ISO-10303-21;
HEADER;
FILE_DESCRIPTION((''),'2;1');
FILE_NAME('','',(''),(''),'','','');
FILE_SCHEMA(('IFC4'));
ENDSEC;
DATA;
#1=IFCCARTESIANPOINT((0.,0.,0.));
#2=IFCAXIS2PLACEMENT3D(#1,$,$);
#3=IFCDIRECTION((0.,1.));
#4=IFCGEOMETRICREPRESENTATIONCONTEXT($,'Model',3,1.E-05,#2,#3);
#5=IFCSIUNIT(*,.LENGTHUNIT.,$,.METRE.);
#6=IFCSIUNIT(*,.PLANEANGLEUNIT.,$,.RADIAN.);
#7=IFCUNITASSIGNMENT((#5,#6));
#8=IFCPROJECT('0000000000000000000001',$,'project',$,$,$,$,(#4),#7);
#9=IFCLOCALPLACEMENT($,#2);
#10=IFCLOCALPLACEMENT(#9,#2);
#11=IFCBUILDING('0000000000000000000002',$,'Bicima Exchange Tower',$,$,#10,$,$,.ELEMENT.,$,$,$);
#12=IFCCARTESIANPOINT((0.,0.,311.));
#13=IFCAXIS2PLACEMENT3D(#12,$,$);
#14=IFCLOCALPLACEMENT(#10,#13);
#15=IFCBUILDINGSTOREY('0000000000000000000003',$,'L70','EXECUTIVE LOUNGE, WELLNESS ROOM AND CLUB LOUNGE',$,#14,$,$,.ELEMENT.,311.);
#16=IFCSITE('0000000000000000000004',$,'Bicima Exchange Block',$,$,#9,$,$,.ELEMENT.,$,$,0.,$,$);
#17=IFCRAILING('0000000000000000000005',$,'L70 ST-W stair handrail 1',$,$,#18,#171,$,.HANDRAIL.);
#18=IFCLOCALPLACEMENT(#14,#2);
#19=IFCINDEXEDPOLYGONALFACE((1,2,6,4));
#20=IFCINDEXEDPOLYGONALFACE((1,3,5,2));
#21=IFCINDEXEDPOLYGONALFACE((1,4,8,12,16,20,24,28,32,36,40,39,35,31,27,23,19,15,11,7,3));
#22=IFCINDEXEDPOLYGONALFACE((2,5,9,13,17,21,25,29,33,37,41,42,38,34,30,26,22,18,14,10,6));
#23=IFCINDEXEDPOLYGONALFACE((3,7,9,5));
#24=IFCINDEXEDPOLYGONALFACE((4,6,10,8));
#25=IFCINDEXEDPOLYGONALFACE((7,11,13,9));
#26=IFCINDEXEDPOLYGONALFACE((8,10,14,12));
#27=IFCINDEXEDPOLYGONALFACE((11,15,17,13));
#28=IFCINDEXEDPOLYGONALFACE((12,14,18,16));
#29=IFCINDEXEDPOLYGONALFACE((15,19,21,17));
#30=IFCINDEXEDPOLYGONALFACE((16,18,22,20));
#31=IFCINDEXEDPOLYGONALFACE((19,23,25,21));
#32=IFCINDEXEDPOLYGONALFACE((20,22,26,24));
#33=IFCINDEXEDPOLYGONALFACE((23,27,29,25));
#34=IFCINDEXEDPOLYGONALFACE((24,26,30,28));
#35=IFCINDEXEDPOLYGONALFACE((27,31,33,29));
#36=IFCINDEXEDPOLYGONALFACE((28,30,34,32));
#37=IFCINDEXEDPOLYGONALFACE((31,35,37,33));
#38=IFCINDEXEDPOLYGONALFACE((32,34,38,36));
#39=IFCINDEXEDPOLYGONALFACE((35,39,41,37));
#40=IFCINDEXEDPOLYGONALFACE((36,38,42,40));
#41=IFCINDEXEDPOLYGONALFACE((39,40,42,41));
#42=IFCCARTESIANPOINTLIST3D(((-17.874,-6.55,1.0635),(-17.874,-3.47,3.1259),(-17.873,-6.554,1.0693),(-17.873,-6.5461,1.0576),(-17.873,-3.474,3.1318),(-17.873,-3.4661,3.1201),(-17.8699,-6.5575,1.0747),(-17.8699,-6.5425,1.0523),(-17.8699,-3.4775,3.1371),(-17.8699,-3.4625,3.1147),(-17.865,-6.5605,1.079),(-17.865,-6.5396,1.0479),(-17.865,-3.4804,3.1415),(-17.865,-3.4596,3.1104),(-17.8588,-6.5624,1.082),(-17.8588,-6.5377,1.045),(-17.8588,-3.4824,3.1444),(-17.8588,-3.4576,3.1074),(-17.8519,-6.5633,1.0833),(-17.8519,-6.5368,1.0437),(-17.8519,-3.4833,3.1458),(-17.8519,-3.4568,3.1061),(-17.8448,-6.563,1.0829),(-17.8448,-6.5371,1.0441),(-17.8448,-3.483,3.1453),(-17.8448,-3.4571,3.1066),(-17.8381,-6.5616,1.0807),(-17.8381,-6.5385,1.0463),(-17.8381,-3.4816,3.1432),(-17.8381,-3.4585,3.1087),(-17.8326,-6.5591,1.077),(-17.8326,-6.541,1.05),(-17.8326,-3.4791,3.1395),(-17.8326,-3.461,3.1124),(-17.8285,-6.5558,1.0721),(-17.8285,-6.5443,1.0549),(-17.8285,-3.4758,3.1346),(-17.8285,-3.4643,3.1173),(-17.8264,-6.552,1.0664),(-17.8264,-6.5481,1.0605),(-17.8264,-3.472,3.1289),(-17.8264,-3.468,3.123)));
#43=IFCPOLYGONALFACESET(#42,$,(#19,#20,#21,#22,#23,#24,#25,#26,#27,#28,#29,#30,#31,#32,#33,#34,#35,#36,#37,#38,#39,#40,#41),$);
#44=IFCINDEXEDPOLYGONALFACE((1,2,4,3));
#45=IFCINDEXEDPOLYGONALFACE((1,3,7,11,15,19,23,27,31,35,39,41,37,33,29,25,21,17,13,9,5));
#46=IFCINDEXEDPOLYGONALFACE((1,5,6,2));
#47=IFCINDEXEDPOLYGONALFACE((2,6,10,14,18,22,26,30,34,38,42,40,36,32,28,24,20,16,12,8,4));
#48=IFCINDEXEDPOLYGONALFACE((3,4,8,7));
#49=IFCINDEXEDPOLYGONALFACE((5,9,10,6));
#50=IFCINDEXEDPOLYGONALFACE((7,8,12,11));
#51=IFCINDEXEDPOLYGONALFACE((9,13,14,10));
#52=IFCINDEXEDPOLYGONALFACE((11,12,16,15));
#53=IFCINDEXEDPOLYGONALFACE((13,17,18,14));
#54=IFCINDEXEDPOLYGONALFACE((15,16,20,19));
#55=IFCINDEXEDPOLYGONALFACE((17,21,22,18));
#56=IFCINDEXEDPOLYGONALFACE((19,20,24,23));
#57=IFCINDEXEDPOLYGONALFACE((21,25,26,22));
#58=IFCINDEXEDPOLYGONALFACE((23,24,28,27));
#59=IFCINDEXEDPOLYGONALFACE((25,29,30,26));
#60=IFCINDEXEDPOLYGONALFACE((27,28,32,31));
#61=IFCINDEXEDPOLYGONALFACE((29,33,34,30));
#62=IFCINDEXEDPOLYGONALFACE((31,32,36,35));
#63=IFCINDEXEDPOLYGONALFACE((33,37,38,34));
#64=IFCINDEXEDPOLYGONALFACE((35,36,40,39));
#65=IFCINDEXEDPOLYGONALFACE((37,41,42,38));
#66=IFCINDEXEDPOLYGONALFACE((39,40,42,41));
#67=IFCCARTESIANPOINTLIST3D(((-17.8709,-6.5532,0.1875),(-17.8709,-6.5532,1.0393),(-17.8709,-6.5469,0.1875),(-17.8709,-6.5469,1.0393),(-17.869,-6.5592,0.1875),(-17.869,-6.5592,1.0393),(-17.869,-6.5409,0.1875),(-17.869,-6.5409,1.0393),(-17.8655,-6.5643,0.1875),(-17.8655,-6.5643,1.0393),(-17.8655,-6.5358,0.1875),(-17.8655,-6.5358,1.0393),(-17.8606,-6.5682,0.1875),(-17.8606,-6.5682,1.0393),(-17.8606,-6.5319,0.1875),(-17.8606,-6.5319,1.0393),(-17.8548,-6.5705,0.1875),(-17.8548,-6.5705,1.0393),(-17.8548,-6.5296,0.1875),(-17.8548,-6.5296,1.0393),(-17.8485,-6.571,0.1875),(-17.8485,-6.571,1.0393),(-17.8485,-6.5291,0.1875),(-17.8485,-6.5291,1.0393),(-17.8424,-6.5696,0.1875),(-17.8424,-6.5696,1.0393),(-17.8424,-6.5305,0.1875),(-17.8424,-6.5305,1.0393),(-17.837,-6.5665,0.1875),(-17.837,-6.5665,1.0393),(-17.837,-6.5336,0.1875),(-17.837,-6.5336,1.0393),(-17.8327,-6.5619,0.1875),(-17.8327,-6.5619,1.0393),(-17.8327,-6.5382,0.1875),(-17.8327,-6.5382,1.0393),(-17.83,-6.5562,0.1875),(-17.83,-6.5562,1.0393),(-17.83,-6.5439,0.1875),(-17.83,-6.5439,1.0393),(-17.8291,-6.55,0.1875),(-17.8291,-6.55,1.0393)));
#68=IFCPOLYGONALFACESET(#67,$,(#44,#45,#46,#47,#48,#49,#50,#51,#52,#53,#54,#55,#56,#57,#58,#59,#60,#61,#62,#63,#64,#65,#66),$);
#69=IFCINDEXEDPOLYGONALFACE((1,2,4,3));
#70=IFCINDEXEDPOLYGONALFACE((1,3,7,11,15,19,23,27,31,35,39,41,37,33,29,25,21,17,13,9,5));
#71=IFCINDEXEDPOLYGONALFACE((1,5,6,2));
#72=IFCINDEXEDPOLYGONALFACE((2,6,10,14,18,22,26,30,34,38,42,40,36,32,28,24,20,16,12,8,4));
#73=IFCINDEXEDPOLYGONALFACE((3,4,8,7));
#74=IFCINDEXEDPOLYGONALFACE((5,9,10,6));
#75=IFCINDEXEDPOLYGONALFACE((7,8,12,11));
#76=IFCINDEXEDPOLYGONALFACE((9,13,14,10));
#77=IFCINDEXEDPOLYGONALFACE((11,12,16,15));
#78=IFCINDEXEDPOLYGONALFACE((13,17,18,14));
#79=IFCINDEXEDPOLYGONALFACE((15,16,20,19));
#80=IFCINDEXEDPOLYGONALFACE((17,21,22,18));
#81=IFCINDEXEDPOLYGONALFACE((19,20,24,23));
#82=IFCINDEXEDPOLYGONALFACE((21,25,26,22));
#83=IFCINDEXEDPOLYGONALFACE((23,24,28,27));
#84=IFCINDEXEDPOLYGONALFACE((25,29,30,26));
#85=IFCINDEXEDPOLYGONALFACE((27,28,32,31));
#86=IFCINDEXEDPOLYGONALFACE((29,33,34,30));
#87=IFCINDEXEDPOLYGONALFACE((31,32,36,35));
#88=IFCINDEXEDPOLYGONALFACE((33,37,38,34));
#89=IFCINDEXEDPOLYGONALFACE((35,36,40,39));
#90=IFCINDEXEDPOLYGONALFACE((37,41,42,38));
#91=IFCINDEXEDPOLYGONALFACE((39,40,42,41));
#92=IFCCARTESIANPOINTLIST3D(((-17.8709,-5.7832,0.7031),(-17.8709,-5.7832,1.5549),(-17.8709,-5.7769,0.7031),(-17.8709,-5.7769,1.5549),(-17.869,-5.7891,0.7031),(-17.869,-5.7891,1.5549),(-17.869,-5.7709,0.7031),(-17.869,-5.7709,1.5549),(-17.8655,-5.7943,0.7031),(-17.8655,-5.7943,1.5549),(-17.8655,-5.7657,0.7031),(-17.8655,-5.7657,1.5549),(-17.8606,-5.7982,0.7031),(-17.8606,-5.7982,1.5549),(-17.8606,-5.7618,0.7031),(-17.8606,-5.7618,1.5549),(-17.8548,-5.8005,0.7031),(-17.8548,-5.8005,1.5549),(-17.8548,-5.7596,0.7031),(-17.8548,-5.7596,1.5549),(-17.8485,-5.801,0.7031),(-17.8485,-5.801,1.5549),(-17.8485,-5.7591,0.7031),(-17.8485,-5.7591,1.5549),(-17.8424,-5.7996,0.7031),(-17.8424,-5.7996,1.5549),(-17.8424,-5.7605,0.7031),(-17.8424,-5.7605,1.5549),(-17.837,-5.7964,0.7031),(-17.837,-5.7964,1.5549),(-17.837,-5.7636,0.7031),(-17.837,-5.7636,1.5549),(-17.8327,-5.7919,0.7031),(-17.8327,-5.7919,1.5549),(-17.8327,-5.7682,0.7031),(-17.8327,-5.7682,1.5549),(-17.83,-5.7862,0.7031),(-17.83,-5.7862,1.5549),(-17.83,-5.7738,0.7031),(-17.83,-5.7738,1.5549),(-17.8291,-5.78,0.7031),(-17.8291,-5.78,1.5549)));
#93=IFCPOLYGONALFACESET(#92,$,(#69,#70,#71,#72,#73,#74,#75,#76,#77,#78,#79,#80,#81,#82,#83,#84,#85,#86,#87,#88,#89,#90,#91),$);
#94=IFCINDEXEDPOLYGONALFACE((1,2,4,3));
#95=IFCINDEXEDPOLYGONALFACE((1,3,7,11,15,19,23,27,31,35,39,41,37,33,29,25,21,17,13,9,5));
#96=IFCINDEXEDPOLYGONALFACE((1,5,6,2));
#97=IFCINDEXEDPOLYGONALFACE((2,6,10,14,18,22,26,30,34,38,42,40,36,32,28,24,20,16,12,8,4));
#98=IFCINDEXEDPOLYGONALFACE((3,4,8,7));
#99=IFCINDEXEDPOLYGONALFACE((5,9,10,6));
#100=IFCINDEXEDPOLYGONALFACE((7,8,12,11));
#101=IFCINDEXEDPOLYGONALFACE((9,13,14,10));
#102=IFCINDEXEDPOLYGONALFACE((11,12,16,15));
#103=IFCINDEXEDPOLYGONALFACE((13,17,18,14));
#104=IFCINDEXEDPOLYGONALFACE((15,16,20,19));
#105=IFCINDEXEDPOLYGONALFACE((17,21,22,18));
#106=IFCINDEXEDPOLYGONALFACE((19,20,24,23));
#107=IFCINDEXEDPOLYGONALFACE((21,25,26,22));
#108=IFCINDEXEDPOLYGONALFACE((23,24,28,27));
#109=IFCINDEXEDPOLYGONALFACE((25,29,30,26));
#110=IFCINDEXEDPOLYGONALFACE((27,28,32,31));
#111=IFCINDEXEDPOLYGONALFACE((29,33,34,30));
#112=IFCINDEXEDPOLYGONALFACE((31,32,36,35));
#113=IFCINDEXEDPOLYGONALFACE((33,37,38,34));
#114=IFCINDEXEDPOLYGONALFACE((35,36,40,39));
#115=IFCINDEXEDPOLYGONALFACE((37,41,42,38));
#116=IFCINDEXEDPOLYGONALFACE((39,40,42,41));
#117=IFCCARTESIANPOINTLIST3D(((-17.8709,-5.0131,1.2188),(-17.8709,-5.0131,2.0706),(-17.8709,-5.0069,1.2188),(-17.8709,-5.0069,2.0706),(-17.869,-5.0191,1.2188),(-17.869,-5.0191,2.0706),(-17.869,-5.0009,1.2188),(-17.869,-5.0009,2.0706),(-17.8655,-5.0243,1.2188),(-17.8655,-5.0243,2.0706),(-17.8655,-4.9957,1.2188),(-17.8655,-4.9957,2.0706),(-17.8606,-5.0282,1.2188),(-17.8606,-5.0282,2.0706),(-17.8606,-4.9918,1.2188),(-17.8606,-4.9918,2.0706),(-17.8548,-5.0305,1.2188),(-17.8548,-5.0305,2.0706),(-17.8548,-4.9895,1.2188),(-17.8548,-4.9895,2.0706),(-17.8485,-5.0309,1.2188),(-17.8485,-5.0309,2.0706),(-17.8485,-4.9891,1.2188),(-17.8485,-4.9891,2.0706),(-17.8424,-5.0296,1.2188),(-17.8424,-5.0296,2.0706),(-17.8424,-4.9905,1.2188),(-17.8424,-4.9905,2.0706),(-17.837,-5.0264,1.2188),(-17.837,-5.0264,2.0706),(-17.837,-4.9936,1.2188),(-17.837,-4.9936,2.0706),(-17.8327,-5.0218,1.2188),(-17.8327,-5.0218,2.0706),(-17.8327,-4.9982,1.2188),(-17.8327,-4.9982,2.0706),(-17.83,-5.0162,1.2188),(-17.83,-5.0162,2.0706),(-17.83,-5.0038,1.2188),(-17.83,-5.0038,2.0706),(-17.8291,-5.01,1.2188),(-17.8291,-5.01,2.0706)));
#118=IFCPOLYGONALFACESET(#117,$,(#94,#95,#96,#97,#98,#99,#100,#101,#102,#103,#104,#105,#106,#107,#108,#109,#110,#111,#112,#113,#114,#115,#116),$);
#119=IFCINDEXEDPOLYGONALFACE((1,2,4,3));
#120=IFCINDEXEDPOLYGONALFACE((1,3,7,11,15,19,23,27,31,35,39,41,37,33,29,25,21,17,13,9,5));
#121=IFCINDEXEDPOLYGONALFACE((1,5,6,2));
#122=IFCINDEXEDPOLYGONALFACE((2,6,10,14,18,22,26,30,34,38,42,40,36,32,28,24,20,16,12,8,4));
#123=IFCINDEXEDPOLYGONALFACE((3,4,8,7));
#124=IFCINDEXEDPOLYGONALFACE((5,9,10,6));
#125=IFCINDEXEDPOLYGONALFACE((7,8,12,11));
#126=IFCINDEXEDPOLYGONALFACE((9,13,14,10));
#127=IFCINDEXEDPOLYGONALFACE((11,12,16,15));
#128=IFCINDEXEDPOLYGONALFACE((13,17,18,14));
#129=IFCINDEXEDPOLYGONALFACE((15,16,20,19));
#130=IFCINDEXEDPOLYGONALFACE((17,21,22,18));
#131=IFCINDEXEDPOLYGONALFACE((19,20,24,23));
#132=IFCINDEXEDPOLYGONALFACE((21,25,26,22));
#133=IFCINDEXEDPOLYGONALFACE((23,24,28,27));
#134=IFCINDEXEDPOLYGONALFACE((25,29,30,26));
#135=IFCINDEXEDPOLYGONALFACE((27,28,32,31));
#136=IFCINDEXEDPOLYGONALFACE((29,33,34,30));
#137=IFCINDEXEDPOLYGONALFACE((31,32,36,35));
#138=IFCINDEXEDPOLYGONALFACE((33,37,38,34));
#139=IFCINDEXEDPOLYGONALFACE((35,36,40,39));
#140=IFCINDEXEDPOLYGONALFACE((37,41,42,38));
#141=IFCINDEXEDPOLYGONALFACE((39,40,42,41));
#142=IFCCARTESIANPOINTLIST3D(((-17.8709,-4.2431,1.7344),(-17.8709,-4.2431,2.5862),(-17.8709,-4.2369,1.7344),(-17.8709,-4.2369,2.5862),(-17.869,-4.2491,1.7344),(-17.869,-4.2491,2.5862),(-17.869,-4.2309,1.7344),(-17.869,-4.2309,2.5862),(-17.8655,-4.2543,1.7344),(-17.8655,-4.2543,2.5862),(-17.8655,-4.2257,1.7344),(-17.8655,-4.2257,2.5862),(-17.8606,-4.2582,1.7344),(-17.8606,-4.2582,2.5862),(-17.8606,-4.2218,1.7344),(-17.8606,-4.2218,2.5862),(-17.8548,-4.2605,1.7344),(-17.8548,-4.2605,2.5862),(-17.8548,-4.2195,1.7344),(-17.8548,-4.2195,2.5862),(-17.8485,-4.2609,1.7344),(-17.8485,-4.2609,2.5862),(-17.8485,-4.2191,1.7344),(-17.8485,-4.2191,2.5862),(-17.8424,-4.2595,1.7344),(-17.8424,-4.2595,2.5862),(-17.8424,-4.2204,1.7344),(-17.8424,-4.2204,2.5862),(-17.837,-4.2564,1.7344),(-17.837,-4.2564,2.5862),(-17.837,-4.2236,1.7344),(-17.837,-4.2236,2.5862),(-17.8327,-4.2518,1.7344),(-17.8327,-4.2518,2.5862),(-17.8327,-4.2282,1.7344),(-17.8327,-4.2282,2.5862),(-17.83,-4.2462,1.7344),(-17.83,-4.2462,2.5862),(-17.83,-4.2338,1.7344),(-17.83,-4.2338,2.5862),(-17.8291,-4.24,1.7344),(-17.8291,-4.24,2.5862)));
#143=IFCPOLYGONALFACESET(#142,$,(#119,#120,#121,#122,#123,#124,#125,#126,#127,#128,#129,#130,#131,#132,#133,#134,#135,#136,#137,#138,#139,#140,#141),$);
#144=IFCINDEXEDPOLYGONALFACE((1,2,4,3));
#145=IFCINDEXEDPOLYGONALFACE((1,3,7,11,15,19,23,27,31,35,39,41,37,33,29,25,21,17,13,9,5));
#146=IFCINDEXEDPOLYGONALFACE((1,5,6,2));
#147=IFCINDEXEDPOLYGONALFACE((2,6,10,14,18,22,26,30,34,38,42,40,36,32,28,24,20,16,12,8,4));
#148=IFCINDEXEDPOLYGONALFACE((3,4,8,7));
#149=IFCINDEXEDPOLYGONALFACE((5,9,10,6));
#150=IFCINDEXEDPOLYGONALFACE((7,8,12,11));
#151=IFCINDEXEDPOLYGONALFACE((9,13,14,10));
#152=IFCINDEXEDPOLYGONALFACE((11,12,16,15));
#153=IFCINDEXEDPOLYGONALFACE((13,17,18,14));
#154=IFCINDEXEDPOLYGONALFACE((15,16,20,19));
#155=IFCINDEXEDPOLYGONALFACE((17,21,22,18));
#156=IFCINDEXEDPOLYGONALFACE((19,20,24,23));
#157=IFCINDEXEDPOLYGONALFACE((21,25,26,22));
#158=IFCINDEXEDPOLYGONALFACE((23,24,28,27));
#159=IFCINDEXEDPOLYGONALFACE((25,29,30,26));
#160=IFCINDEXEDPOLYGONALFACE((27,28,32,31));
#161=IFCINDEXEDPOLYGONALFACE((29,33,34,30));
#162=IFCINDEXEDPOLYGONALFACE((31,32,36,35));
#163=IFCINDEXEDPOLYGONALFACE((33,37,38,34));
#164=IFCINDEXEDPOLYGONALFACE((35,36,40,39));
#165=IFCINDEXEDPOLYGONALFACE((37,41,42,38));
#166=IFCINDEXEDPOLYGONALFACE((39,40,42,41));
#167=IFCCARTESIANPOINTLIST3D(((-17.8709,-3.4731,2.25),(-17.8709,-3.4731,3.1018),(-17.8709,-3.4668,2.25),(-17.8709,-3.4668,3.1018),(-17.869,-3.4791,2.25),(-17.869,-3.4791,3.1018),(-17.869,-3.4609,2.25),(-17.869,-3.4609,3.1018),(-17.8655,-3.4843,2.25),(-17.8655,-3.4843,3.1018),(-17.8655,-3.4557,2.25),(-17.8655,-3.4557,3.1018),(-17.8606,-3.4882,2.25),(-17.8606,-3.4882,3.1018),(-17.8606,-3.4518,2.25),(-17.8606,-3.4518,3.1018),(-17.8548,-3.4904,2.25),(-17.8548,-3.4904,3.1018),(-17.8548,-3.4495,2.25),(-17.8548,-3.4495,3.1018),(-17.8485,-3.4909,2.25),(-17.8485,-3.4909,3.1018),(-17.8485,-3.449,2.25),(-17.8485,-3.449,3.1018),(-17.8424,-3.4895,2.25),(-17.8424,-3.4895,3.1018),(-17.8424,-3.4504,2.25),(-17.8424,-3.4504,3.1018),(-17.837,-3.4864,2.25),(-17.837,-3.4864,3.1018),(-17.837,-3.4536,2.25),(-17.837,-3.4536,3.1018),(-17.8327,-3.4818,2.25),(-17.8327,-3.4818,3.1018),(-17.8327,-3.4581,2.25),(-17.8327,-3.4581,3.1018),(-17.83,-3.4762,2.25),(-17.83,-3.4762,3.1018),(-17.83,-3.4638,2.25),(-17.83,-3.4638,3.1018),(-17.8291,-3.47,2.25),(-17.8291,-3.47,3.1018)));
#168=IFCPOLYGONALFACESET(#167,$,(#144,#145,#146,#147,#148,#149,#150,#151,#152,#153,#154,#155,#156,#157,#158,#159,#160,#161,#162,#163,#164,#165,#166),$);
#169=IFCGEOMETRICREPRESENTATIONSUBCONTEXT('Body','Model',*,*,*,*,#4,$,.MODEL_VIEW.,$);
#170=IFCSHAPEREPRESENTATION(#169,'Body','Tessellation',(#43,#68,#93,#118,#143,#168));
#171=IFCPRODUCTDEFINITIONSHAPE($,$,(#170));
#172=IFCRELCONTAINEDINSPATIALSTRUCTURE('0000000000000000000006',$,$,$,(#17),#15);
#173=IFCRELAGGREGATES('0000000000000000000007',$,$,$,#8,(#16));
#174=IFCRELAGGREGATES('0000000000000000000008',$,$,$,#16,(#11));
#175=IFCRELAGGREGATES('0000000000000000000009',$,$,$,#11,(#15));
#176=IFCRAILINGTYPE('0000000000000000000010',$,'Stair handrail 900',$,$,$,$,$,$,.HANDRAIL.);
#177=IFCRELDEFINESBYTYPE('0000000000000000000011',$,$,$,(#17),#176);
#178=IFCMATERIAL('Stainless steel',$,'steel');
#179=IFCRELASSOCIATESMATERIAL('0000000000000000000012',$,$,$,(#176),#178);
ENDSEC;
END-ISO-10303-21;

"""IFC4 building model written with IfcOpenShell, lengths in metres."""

from ifc_helpers import new_model, si_unit, direction, frame, origin, origin_2d, place, context, subcontext, project, spatial, circle, extrude, material, type_object, element, save


model = new_model("IFC4")

# Units and contexts
model_context = context("Model", 3, precision=1e-05, world=origin(), true_north=direction((0.0, 1.0)))
body_context = subcontext(model_context, "Body", "Model", "MODEL_VIEW")
ifc_project = project(units=[si_unit("LENGTHUNIT", "METRE"), si_unit("PLANEANGLEUNIT", "RADIAN")], contexts=[model_context])

# Site, building, storey
site_placement = place(None, origin())
site = spatial("IfcSite", under=ifc_project, at=site_placement, Name="Bicima Exchange Block", CompositionType="ELEMENT", RefElevation=0.0)
building_placement = place(site_placement, origin())
building = spatial("IfcBuilding", under=site, at=building_placement, Name="Bicima Exchange Tower", CompositionType="ELEMENT")
storey_placement = place(building_placement, frame((0.0, 0.0, 311.0)))
storey = spatial("IfcBuildingStorey", under=building, at=storey_placement, Name="L70", Description="EXECUTIVE LOUNGE, WELLNESS ROOM AND CLUB LOUNGE", CompositionType="ELEMENT", Elevation=311.0)

# Shared definitions
ifc_material_1 = material(Name="Stainless steel", Category="steel")

# Railing
railing_type_1 = type_object("IfcRailingType", Name="Stair handrail 900", PredefinedType="HANDRAIL", material=ifc_material_1)
railing_1_placement = place(storey_placement, frame((-17.8501, -6.55, 0.1875)))
element("IfcRailing", 1, at=railing_1_placement, inside=storey, type_object=railing_type_1, Name="L70 ST-W stair handrail 1", PredefinedType="HANDRAIL", context=body_context, shape_type="SweptSolid", body=[
    extrude(circle(Radius=0.0239, at=origin_2d()), frame((0.0, 0.0, 0.876), z_axis=(0.0, 0.830914, 0.556401), x_axis=(-1.0, 0.0, 0.0)), (0.0, 0.0, 1.0), 3.7068),
    extrude(circle(Radius=0.021, at=origin_2d()), origin(), (0.0, 0.0, 1.0), 0.8518),
    extrude(circle(Radius=0.021, at=origin_2d()), frame((0.0, 0.77, 0.5156)), (0.0, 0.0, 1.0), 0.8518),
    extrude(circle(Radius=0.021, at=origin_2d()), frame((0.0, 1.54, 1.0312)), (0.0, 0.0, 1.0), 0.8518),
    extrude(circle(Radius=0.021, at=origin_2d()), frame((0.0, 2.3101, 1.5469)), (0.0, 0.0, 1.0), 0.8518),
    extrude(circle(Radius=0.021, at=origin_2d()), frame((0.0, 3.0801, 2.0625)), (0.0, 0.0, 1.0), 0.8518),
])

save(model, "model.ifc")
